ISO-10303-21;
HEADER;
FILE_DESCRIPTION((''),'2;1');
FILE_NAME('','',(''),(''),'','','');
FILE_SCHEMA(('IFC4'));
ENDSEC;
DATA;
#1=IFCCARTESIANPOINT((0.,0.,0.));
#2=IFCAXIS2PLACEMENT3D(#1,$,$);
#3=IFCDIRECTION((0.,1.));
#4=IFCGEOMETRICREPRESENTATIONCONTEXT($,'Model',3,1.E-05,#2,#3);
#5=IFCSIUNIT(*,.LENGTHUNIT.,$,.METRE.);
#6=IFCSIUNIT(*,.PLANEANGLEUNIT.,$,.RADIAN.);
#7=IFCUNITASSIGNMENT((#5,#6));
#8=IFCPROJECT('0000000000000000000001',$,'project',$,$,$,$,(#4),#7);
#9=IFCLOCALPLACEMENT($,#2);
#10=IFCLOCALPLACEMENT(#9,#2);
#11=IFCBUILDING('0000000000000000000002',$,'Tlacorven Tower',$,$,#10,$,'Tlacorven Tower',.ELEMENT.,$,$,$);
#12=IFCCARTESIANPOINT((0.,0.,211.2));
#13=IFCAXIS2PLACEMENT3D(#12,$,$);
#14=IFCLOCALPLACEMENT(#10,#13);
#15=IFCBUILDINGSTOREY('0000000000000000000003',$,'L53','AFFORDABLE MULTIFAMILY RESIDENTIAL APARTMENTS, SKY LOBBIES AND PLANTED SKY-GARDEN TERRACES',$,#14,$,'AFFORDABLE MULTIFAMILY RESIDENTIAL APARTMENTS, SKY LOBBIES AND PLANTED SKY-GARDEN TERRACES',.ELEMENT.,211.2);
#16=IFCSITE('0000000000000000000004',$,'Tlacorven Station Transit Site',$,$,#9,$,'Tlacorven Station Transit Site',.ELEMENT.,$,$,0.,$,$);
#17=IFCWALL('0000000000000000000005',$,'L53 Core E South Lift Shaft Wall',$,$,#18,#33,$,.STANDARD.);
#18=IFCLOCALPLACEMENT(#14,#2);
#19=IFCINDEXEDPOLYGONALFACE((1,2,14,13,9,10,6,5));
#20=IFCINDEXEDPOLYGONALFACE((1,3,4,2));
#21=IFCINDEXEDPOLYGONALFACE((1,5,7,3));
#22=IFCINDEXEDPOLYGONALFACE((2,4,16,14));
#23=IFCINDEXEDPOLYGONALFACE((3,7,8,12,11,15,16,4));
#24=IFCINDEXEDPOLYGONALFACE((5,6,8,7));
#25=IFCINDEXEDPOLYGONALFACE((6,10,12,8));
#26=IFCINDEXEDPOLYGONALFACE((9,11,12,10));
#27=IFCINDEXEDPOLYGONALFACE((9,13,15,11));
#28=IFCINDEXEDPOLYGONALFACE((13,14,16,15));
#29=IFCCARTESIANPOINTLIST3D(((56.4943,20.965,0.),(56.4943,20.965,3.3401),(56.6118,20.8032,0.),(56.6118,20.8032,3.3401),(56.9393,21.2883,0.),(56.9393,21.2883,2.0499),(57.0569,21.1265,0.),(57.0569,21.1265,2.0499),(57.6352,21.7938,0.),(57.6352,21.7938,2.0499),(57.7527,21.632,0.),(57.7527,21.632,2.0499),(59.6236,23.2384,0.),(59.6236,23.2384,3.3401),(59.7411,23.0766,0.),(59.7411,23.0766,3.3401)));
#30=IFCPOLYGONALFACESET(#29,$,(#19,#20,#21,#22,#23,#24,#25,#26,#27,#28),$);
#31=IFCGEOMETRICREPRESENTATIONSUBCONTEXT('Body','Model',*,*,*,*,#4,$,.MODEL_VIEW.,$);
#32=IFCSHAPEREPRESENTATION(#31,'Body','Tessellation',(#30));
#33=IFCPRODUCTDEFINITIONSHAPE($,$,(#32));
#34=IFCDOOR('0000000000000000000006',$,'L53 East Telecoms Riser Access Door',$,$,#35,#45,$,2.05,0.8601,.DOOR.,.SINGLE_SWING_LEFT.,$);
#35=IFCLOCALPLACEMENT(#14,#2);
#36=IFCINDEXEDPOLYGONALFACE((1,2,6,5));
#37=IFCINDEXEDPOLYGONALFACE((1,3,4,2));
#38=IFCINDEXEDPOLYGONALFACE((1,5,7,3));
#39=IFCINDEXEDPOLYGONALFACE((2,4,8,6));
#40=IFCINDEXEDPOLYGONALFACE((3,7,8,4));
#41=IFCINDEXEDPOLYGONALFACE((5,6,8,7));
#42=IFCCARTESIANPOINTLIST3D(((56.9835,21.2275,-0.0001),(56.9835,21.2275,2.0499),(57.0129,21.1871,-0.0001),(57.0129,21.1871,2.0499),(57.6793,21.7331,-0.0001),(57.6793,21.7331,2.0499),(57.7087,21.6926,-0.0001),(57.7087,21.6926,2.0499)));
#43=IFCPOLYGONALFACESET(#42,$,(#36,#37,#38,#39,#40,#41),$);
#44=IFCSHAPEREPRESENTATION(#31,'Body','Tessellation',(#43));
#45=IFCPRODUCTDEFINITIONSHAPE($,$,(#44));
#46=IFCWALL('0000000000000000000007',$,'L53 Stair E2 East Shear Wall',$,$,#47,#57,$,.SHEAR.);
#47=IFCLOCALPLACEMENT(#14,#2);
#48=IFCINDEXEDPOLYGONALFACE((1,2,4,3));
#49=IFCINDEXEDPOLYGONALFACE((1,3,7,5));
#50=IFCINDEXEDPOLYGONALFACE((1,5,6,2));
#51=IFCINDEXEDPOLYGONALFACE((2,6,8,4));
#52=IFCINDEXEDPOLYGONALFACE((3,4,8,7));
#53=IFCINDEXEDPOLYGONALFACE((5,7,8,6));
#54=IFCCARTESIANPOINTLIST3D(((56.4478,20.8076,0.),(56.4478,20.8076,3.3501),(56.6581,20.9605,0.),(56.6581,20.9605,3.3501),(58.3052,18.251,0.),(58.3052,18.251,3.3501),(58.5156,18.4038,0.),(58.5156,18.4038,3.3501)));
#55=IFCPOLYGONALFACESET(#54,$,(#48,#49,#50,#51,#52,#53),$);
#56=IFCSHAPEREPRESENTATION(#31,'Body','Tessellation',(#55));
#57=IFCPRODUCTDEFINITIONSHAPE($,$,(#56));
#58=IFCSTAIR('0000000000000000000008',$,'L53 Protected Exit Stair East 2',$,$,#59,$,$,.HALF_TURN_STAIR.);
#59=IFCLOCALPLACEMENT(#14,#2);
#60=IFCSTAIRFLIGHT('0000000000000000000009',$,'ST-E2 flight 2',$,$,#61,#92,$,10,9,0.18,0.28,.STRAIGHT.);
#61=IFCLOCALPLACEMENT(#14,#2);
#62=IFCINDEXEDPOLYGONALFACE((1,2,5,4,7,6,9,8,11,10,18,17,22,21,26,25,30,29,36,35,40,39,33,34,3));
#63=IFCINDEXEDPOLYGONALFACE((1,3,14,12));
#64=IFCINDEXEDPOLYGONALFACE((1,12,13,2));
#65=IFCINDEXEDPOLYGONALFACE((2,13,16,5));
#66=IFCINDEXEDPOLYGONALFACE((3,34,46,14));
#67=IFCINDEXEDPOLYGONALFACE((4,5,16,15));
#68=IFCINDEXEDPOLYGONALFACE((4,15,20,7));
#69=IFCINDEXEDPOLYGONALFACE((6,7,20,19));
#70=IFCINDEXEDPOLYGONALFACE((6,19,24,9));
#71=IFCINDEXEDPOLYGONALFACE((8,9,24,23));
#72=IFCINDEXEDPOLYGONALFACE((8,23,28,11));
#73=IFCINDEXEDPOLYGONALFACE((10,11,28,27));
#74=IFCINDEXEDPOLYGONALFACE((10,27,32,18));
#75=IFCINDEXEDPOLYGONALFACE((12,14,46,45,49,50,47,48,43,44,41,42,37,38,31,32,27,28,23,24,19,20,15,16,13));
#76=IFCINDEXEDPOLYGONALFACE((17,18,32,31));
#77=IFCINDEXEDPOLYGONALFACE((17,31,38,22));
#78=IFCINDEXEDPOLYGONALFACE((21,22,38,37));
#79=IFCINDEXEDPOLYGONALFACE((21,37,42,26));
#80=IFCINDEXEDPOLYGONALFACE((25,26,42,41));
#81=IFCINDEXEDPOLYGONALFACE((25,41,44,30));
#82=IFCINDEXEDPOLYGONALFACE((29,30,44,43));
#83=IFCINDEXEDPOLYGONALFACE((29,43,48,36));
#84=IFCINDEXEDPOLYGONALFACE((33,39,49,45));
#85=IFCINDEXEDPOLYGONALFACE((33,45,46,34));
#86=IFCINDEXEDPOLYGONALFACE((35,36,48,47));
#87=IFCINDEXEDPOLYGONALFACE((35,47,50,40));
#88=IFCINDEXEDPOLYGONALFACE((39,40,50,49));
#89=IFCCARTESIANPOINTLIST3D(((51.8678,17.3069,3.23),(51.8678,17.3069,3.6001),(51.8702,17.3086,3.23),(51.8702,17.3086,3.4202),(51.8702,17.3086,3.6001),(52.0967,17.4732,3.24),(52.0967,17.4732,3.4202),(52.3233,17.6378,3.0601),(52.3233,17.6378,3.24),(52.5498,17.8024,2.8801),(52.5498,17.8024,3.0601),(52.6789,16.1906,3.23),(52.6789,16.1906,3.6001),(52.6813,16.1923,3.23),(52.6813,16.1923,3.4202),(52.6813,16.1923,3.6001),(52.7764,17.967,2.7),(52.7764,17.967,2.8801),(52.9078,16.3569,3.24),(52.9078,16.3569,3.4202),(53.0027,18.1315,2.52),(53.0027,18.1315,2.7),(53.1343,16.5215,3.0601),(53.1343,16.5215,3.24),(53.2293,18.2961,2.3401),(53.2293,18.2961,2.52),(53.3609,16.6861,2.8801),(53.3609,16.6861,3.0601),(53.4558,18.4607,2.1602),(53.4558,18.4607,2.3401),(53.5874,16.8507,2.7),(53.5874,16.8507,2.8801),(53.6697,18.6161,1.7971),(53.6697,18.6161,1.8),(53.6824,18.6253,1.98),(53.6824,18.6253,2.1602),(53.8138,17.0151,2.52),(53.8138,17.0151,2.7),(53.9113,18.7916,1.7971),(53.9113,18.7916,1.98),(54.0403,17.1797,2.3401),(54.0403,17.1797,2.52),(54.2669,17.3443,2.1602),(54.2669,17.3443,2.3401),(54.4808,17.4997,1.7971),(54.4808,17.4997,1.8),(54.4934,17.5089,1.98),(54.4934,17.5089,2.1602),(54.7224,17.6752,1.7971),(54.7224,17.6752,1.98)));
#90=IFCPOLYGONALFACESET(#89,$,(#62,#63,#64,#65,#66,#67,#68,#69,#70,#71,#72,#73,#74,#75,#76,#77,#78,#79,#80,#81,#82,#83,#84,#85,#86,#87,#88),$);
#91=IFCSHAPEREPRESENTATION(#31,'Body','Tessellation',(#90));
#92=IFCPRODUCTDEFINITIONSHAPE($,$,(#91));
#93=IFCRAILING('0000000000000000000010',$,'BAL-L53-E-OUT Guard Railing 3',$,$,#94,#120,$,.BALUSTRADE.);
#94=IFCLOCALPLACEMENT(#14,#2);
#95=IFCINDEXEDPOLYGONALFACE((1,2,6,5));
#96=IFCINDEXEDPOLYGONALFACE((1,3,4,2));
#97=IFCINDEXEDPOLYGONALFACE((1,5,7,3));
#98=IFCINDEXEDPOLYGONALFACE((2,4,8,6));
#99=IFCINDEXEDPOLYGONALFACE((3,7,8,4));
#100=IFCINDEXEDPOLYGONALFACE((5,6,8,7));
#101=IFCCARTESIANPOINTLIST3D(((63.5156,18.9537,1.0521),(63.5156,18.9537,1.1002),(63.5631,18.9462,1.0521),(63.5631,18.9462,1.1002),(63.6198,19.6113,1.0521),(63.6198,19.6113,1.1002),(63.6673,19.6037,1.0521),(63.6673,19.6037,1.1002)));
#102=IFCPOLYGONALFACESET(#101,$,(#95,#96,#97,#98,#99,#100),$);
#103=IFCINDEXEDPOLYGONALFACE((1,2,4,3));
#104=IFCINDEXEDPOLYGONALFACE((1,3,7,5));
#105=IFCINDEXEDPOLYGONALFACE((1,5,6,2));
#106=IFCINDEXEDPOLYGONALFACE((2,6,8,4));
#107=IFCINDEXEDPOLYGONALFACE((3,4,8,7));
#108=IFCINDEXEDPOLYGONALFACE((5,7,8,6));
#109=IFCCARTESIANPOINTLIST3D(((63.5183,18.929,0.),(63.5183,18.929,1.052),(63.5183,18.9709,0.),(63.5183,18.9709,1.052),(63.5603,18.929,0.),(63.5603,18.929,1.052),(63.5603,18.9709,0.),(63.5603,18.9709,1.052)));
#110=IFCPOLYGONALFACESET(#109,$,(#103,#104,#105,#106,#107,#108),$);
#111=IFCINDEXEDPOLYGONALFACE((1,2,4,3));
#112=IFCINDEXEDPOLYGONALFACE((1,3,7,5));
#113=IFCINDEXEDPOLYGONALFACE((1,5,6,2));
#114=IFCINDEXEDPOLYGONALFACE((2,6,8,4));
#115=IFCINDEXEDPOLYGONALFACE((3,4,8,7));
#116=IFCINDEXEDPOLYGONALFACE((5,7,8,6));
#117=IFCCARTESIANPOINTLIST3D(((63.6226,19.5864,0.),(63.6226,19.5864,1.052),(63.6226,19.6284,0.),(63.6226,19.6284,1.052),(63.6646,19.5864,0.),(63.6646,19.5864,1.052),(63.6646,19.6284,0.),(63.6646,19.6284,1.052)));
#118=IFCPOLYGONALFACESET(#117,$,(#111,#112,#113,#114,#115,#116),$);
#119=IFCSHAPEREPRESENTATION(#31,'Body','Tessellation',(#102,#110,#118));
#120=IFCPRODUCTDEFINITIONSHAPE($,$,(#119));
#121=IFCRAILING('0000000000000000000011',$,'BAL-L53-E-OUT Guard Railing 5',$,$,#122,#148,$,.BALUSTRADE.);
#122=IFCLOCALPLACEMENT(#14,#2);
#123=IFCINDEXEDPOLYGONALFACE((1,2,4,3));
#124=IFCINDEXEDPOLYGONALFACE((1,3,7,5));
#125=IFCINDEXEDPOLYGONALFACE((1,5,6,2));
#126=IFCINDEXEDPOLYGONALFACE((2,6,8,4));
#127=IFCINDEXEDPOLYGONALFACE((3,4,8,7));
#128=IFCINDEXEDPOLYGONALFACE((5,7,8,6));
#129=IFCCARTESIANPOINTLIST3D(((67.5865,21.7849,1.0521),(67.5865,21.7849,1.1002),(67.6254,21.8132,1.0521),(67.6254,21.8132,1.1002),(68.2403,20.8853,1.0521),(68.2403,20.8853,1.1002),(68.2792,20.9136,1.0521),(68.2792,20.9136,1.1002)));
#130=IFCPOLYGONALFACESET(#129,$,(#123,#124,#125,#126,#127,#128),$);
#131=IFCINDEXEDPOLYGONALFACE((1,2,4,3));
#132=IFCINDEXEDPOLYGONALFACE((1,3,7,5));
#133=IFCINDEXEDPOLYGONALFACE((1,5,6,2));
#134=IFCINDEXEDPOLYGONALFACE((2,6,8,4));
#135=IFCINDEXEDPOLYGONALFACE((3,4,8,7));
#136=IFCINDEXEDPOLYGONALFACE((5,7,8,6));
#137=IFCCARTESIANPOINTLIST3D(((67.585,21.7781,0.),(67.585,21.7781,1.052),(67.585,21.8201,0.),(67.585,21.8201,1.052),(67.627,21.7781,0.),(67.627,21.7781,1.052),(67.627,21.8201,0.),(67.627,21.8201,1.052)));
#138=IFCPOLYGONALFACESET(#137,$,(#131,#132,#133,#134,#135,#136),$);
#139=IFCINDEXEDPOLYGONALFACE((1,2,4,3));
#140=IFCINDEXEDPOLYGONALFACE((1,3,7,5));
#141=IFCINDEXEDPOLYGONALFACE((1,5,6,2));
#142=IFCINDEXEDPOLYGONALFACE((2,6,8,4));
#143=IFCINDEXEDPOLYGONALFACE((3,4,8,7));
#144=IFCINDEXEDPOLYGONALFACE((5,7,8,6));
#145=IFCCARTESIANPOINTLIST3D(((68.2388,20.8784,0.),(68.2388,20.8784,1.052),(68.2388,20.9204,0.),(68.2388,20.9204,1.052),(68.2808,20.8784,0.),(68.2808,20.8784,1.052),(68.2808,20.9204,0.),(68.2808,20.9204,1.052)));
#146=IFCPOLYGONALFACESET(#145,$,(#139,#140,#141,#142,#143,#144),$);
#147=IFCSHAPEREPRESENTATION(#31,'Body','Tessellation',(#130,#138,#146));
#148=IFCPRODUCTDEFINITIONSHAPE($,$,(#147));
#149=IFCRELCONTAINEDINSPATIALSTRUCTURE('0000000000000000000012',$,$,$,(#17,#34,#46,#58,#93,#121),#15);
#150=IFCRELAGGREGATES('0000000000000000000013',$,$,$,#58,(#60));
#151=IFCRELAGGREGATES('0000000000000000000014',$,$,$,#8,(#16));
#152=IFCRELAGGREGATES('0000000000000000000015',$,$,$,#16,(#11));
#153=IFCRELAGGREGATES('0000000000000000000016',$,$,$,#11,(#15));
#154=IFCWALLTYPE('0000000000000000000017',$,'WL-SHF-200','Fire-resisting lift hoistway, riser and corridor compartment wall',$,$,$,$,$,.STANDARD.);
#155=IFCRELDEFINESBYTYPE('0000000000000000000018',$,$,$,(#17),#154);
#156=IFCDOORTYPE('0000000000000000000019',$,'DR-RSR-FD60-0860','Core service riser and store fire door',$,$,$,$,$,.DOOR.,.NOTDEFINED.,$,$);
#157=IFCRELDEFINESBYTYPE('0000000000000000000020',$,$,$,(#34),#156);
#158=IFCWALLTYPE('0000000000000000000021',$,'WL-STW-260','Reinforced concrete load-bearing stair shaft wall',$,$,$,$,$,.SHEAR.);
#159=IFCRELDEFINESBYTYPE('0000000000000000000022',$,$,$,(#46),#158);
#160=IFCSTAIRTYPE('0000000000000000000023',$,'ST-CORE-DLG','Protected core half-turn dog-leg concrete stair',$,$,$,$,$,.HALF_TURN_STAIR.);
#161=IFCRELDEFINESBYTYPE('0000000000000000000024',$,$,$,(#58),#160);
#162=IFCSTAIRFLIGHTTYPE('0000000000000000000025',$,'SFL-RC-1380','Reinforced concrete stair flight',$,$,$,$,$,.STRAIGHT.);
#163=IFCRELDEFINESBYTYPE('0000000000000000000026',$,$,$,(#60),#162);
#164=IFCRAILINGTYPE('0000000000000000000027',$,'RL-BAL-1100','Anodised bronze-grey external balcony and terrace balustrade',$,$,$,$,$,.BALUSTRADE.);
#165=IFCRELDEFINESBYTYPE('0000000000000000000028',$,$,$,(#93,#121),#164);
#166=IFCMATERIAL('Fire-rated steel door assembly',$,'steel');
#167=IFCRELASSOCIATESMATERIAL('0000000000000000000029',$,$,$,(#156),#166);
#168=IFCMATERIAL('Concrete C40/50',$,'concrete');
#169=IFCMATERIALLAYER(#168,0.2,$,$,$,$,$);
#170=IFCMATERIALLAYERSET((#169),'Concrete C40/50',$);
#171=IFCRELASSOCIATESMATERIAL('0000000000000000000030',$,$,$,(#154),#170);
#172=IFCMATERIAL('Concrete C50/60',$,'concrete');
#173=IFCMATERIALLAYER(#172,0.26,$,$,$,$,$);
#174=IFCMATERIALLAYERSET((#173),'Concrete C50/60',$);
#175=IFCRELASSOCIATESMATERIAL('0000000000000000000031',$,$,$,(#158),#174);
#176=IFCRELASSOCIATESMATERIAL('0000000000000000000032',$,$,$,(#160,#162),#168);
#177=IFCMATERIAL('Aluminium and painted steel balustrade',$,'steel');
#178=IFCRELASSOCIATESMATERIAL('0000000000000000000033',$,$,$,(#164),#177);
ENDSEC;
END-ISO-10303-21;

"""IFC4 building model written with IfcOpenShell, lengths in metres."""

from ifc_helpers import new_model, si_unit, direction, frame, frame_2d, origin, origin_2d, place, context, subcontext, project, spatial, polyline, rectangle, outline, extrude, source, transform, mapped, material, layer, layer_set, type_object, element, fill, aggregate, save


model = new_model("IFC4")

# Units and contexts
model_context = context("Model", 3, precision=1e-05, world=origin(), true_north=direction((0.0, 1.0)))
body_context = subcontext(model_context, "Body", "Model", "MODEL_VIEW")
ifc_project = project(units=[si_unit("LENGTHUNIT", "METRE"), si_unit("PLANEANGLEUNIT", "RADIAN")], contexts=[model_context])

# Site, building, storey
site_placement = place(None, origin())
site = spatial("IfcSite", under=ifc_project, at=site_placement, Name="Tlacorven Station Transit Site", LongName="Tlacorven Station Transit Site", CompositionType="ELEMENT", RefElevation=0.0)
building_placement = place(site_placement, origin())
building = spatial("IfcBuilding", under=site, at=building_placement, Name="Tlacorven Tower", LongName="Tlacorven Tower", CompositionType="ELEMENT")
storey_placement = place(building_placement, frame((0.0, 0.0, 211.2)))
storey = spatial("IfcBuildingStorey", under=building, at=storey_placement, Name="L53", Description="AFFORDABLE MULTIFAMILY RESIDENTIAL APARTMENTS, SKY LOBBIES AND PLANTED SKY-GARDEN TERRACES", LongName="AFFORDABLE MULTIFAMILY RESIDENTIAL APARTMENTS, SKY LOBBIES AND PLANTED SKY-GARDEN TERRACES", CompositionType="ELEMENT", Elevation=211.2)

# Shared definitions
ifc_material_1 = material(Name="Concrete C50/60", Category="concrete")

# Shared definitions
ifc_material_2 = material(Name="Fire-rated steel door assembly", Category="steel")
door_type = type_object("IfcDoorType", Name="DR-RSR-FD60-0860", Description="Core service riser and store fire door", OperationType="NOTDEFINED", PredefinedType="DOOR", material=ifc_material_2)
shared_shape_1 = source(origin(), body_context, "Body", "SweptSolid", [
    extrude(rectangle(XDim=0.8601, YDim=2.05, at=frame_2d((0.4302, 1.0249))), frame((0.0, 0.0249, 0.0), z_axis=(0.0, -1.0, 0.0), x_axis=(1.0, 0.0, 0.0)), (0.0, 0.0, 1.0), 0.05),
])

# Wall, opening, door
ifc_material_3 = material(Name="Concrete C40/50", Category="concrete")
ifc_layer_1 = layer(ifc_material_3, 0.2)
ifc_layer_set_1 = layer_set([ifc_layer_1], Name="Concrete C40/50")
wall_type_1 = type_object("IfcWallType", Name="WL-SHF-200", Description="Fire-resisting lift hoistway, riser and corridor compartment wall", PredefinedType="STANDARD", material=ifc_layer_set_1)
wall_1_placement = place(storey_placement, frame((56.553, 20.884, 0.0), z_axis=(0.0, 0.0, 1.0), x_axis=(0.809042, 0.587751, 0.0)))
wall_1 = element("IfcWall", 1, at=wall_1_placement, inside=storey, type_object=wall_type_1, Name="L53 Core E South Lift Shaft Wall", PredefinedType="STANDARD", context=body_context, shape_type="SweptSolid", body=[
    extrude(rectangle(XDim=3.8679, YDim=0.2, at=frame_2d((1.9341, 0.0))), origin(), (0.0, 0.0, 1.0), 3.3401),
])
opening_1_placement = place(wall_1_placement, frame((0.55, 0.0, 0.0)))
opening_1 = element("IfcOpeningElement", 2, at=opening_1_placement, cuts=wall_1, PredefinedType="OPENING", context=body_context, shape_type="SweptSolid", body=[
    extrude(rectangle(XDim=0.8601, YDim=2.05, at=frame_2d((0.4302, 1.0249))), frame((0.0, 0.1099, 0.0), z_axis=(0.0, -1.0, 0.0), x_axis=(1.0, 0.0, 0.0)), (0.0, 0.0, 1.0), 0.22),
])
door_1_placement = place(opening_1_placement, origin())
door_1 = element("IfcDoor", 3, at=door_1_placement, inside=storey, type_object=door_type, Name="L53 East Telecoms Riser Access Door", OperationType="SINGLE_SWING_LEFT", OverallHeight=2.05, OverallWidth=0.8601, PredefinedType="DOOR", context=body_context, shape_type="MappedRepresentation", body=[
    mapped(shared_shape_1, transform((0.0, 0.0, 0.0), scale=1.0)),
])
fill(opening_1, door_1)

# Wall
ifc_layer_2 = layer(ifc_material_1, 0.26)
ifc_layer_set_2 = layer_set([ifc_layer_2], Name="Concrete C50/60")
wall_type_2 = type_object("IfcWallType", Name="WL-STW-260", Description="Reinforced concrete load-bearing stair shaft wall", PredefinedType="SHEAR", material=ifc_layer_set_2)
wall_2_placement = place(storey_placement, frame((58.4104, 18.3274, 0.0), z_axis=(0.0, 0.0, 1.0), x_axis=(-0.587767, 0.80903, 0.0)))
element("IfcWall", 4, at=wall_2_placement, inside=storey, type_object=wall_type_2, Name="L53 Stair E2 East Shear Wall", PredefinedType="SHEAR", context=body_context, shape_type="SweptSolid", body=[
    extrude(rectangle(XDim=3.1602, YDim=0.26, at=frame_2d((1.5801, 0.0))), origin(), (0.0, 0.0, 1.0), 3.3501),
])

# Stair, stair flight
stair_type = type_object("IfcStairType", Name="ST-CORE-DLG", Description="Protected core half-turn dog-leg concrete stair", PredefinedType="HALF_TURN_STAIR", material=ifc_material_3)
stair_placement = place(storey_placement, origin())
stair = element("IfcStair", 5, at=stair_placement, inside=storey, type_object=stair_type, Name="L53 Protected Exit Stair East 2", PredefinedType="HALF_TURN_STAIR")
stair_flight_type = type_object("IfcStairFlightType", Name="SFL-RC-1380", Description="Reinforced concrete stair flight", PredefinedType="STRAIGHT", material=ifc_material_3)
shared_shape_2 = source(origin(), body_context, "Body", "SweptSolid", [
    extrude(outline(polyline([(-0.0029, -0.0029), (-0.0029, 0.1799), (0.28, 0.1799), (0.28, 0.3601), (0.5601, 0.3601), (0.5601, 0.54), (0.8401, 0.54), (0.8401, 0.72), (1.1201, 0.72), (1.1201, 0.8999), (1.3999, 0.8999), (1.3999, 1.0801), (1.6799, 1.0801), (1.6799, 1.26), (1.96, 1.26), (1.96, 1.4399), (2.24, 1.4399), (2.24, 1.6201), (2.52, 1.6201), (2.52, 1.8), (2.5229, 1.8), (2.5229, 1.4299), (2.52, 1.4299), (0.2957, 0.0), (0.2957, -0.0029), (-0.0029, -0.0029)])), frame((0.0, 0.6899, 0.0), z_axis=(0.0, -1.0, 0.0), x_axis=(1.0, 0.0, 0.0)), (0.0, 0.0, 1.0), 1.3799),
])
stair_flight_placement = place(storey_placement, frame((54.3145, 18.2317, 1.8), z_axis=(0.0, 0.0, 1.0), x_axis=(-0.809017, -0.587785, 0.0)))
stair_flight = element("IfcStairFlight", 6, at=stair_flight_placement, type_object=stair_flight_type, Name="ST-E2 flight 2", NumberOfRisers=10, NumberOfTreads=9, PredefinedType="STRAIGHT", RiserHeight=0.18, TreadLength=0.28, context=body_context, shape_type="MappedRepresentation", body=[
    mapped(shared_shape_2, transform((0.0, 0.0, 0.0), scale=1.0)),
])
aggregate(stair, [stair_flight])

# Railings
ifc_material_4 = material(Name="Aluminium and painted steel balustrade", Category="steel")
railing_type_1 = type_object("IfcRailingType", Name="RL-BAL-1100", Description="Anodised bronze-grey external balcony and terrace balustrade", PredefinedType="BALUSTRADE", material=ifc_material_4)
shared_shape_3 = source(origin(), body_context, "Body", "SweptSolid", [
    extrude(rectangle(XDim=0.0481, YDim=0.0481, at=origin_2d()), frame((0.0, 0.0, 1.0762), z_axis=(0.156603, 0.987662, 0.0), x_axis=(-0.987662, 0.156603, 0.0)), (0.0, 0.0, 1.0), 0.6658),
    extrude(rectangle(XDim=0.042, YDim=0.042, at=origin_2d()), origin(), (0.0, 0.0, 1.0), 1.052),
    extrude(rectangle(XDim=0.042, YDim=0.042, at=origin_2d()), frame((0.1042, 0.6575, 0.0)), (0.0, 0.0, 1.0), 1.052),
])
railing_1_placement = place(storey_placement, frame((63.5393, 18.95, 0.0)))
element("IfcRailing", 7, at=railing_1_placement, inside=storey, type_object=railing_type_1, Name="BAL-L53-E-OUT Guard Railing 3", PredefinedType="BALUSTRADE", context=body_context, shape_type="MappedRepresentation", body=[
    mapped(shared_shape_3, transform((0.0, 0.0, 0.0), scale=1.0)),
])
shared_shape_4 = source(origin(), body_context, "Body", "SweptSolid", [
    extrude(rectangle(XDim=0.0481, YDim=0.0481, at=origin_2d()), frame((0.0, 0.0, 1.0762), z_axis=(0.587884, -0.808945, 0.0), x_axis=(0.808945, 0.587884, 0.0)), (0.0, 0.0, 1.0), 1.1121),
    extrude(rectangle(XDim=0.042, YDim=0.042, at=origin_2d()), origin(), (0.0, 0.0, 1.0), 1.052),
    extrude(rectangle(XDim=0.042, YDim=0.042, at=origin_2d()), frame((0.6538, -0.8997, 0.0)), (0.0, 0.0, 1.0), 1.052),
])
railing_2_placement = place(storey_placement, frame((67.606, 21.7991, 0.0)))
element("IfcRailing", 8, at=railing_2_placement, inside=storey, type_object=railing_type_1, Name="BAL-L53-E-OUT Guard Railing 5", PredefinedType="BALUSTRADE", context=body_context, shape_type="MappedRepresentation", body=[
    mapped(shared_shape_4, transform((0.0, 0.0, 0.0), scale=1.0)),
])

save(model, "model.ifc")
